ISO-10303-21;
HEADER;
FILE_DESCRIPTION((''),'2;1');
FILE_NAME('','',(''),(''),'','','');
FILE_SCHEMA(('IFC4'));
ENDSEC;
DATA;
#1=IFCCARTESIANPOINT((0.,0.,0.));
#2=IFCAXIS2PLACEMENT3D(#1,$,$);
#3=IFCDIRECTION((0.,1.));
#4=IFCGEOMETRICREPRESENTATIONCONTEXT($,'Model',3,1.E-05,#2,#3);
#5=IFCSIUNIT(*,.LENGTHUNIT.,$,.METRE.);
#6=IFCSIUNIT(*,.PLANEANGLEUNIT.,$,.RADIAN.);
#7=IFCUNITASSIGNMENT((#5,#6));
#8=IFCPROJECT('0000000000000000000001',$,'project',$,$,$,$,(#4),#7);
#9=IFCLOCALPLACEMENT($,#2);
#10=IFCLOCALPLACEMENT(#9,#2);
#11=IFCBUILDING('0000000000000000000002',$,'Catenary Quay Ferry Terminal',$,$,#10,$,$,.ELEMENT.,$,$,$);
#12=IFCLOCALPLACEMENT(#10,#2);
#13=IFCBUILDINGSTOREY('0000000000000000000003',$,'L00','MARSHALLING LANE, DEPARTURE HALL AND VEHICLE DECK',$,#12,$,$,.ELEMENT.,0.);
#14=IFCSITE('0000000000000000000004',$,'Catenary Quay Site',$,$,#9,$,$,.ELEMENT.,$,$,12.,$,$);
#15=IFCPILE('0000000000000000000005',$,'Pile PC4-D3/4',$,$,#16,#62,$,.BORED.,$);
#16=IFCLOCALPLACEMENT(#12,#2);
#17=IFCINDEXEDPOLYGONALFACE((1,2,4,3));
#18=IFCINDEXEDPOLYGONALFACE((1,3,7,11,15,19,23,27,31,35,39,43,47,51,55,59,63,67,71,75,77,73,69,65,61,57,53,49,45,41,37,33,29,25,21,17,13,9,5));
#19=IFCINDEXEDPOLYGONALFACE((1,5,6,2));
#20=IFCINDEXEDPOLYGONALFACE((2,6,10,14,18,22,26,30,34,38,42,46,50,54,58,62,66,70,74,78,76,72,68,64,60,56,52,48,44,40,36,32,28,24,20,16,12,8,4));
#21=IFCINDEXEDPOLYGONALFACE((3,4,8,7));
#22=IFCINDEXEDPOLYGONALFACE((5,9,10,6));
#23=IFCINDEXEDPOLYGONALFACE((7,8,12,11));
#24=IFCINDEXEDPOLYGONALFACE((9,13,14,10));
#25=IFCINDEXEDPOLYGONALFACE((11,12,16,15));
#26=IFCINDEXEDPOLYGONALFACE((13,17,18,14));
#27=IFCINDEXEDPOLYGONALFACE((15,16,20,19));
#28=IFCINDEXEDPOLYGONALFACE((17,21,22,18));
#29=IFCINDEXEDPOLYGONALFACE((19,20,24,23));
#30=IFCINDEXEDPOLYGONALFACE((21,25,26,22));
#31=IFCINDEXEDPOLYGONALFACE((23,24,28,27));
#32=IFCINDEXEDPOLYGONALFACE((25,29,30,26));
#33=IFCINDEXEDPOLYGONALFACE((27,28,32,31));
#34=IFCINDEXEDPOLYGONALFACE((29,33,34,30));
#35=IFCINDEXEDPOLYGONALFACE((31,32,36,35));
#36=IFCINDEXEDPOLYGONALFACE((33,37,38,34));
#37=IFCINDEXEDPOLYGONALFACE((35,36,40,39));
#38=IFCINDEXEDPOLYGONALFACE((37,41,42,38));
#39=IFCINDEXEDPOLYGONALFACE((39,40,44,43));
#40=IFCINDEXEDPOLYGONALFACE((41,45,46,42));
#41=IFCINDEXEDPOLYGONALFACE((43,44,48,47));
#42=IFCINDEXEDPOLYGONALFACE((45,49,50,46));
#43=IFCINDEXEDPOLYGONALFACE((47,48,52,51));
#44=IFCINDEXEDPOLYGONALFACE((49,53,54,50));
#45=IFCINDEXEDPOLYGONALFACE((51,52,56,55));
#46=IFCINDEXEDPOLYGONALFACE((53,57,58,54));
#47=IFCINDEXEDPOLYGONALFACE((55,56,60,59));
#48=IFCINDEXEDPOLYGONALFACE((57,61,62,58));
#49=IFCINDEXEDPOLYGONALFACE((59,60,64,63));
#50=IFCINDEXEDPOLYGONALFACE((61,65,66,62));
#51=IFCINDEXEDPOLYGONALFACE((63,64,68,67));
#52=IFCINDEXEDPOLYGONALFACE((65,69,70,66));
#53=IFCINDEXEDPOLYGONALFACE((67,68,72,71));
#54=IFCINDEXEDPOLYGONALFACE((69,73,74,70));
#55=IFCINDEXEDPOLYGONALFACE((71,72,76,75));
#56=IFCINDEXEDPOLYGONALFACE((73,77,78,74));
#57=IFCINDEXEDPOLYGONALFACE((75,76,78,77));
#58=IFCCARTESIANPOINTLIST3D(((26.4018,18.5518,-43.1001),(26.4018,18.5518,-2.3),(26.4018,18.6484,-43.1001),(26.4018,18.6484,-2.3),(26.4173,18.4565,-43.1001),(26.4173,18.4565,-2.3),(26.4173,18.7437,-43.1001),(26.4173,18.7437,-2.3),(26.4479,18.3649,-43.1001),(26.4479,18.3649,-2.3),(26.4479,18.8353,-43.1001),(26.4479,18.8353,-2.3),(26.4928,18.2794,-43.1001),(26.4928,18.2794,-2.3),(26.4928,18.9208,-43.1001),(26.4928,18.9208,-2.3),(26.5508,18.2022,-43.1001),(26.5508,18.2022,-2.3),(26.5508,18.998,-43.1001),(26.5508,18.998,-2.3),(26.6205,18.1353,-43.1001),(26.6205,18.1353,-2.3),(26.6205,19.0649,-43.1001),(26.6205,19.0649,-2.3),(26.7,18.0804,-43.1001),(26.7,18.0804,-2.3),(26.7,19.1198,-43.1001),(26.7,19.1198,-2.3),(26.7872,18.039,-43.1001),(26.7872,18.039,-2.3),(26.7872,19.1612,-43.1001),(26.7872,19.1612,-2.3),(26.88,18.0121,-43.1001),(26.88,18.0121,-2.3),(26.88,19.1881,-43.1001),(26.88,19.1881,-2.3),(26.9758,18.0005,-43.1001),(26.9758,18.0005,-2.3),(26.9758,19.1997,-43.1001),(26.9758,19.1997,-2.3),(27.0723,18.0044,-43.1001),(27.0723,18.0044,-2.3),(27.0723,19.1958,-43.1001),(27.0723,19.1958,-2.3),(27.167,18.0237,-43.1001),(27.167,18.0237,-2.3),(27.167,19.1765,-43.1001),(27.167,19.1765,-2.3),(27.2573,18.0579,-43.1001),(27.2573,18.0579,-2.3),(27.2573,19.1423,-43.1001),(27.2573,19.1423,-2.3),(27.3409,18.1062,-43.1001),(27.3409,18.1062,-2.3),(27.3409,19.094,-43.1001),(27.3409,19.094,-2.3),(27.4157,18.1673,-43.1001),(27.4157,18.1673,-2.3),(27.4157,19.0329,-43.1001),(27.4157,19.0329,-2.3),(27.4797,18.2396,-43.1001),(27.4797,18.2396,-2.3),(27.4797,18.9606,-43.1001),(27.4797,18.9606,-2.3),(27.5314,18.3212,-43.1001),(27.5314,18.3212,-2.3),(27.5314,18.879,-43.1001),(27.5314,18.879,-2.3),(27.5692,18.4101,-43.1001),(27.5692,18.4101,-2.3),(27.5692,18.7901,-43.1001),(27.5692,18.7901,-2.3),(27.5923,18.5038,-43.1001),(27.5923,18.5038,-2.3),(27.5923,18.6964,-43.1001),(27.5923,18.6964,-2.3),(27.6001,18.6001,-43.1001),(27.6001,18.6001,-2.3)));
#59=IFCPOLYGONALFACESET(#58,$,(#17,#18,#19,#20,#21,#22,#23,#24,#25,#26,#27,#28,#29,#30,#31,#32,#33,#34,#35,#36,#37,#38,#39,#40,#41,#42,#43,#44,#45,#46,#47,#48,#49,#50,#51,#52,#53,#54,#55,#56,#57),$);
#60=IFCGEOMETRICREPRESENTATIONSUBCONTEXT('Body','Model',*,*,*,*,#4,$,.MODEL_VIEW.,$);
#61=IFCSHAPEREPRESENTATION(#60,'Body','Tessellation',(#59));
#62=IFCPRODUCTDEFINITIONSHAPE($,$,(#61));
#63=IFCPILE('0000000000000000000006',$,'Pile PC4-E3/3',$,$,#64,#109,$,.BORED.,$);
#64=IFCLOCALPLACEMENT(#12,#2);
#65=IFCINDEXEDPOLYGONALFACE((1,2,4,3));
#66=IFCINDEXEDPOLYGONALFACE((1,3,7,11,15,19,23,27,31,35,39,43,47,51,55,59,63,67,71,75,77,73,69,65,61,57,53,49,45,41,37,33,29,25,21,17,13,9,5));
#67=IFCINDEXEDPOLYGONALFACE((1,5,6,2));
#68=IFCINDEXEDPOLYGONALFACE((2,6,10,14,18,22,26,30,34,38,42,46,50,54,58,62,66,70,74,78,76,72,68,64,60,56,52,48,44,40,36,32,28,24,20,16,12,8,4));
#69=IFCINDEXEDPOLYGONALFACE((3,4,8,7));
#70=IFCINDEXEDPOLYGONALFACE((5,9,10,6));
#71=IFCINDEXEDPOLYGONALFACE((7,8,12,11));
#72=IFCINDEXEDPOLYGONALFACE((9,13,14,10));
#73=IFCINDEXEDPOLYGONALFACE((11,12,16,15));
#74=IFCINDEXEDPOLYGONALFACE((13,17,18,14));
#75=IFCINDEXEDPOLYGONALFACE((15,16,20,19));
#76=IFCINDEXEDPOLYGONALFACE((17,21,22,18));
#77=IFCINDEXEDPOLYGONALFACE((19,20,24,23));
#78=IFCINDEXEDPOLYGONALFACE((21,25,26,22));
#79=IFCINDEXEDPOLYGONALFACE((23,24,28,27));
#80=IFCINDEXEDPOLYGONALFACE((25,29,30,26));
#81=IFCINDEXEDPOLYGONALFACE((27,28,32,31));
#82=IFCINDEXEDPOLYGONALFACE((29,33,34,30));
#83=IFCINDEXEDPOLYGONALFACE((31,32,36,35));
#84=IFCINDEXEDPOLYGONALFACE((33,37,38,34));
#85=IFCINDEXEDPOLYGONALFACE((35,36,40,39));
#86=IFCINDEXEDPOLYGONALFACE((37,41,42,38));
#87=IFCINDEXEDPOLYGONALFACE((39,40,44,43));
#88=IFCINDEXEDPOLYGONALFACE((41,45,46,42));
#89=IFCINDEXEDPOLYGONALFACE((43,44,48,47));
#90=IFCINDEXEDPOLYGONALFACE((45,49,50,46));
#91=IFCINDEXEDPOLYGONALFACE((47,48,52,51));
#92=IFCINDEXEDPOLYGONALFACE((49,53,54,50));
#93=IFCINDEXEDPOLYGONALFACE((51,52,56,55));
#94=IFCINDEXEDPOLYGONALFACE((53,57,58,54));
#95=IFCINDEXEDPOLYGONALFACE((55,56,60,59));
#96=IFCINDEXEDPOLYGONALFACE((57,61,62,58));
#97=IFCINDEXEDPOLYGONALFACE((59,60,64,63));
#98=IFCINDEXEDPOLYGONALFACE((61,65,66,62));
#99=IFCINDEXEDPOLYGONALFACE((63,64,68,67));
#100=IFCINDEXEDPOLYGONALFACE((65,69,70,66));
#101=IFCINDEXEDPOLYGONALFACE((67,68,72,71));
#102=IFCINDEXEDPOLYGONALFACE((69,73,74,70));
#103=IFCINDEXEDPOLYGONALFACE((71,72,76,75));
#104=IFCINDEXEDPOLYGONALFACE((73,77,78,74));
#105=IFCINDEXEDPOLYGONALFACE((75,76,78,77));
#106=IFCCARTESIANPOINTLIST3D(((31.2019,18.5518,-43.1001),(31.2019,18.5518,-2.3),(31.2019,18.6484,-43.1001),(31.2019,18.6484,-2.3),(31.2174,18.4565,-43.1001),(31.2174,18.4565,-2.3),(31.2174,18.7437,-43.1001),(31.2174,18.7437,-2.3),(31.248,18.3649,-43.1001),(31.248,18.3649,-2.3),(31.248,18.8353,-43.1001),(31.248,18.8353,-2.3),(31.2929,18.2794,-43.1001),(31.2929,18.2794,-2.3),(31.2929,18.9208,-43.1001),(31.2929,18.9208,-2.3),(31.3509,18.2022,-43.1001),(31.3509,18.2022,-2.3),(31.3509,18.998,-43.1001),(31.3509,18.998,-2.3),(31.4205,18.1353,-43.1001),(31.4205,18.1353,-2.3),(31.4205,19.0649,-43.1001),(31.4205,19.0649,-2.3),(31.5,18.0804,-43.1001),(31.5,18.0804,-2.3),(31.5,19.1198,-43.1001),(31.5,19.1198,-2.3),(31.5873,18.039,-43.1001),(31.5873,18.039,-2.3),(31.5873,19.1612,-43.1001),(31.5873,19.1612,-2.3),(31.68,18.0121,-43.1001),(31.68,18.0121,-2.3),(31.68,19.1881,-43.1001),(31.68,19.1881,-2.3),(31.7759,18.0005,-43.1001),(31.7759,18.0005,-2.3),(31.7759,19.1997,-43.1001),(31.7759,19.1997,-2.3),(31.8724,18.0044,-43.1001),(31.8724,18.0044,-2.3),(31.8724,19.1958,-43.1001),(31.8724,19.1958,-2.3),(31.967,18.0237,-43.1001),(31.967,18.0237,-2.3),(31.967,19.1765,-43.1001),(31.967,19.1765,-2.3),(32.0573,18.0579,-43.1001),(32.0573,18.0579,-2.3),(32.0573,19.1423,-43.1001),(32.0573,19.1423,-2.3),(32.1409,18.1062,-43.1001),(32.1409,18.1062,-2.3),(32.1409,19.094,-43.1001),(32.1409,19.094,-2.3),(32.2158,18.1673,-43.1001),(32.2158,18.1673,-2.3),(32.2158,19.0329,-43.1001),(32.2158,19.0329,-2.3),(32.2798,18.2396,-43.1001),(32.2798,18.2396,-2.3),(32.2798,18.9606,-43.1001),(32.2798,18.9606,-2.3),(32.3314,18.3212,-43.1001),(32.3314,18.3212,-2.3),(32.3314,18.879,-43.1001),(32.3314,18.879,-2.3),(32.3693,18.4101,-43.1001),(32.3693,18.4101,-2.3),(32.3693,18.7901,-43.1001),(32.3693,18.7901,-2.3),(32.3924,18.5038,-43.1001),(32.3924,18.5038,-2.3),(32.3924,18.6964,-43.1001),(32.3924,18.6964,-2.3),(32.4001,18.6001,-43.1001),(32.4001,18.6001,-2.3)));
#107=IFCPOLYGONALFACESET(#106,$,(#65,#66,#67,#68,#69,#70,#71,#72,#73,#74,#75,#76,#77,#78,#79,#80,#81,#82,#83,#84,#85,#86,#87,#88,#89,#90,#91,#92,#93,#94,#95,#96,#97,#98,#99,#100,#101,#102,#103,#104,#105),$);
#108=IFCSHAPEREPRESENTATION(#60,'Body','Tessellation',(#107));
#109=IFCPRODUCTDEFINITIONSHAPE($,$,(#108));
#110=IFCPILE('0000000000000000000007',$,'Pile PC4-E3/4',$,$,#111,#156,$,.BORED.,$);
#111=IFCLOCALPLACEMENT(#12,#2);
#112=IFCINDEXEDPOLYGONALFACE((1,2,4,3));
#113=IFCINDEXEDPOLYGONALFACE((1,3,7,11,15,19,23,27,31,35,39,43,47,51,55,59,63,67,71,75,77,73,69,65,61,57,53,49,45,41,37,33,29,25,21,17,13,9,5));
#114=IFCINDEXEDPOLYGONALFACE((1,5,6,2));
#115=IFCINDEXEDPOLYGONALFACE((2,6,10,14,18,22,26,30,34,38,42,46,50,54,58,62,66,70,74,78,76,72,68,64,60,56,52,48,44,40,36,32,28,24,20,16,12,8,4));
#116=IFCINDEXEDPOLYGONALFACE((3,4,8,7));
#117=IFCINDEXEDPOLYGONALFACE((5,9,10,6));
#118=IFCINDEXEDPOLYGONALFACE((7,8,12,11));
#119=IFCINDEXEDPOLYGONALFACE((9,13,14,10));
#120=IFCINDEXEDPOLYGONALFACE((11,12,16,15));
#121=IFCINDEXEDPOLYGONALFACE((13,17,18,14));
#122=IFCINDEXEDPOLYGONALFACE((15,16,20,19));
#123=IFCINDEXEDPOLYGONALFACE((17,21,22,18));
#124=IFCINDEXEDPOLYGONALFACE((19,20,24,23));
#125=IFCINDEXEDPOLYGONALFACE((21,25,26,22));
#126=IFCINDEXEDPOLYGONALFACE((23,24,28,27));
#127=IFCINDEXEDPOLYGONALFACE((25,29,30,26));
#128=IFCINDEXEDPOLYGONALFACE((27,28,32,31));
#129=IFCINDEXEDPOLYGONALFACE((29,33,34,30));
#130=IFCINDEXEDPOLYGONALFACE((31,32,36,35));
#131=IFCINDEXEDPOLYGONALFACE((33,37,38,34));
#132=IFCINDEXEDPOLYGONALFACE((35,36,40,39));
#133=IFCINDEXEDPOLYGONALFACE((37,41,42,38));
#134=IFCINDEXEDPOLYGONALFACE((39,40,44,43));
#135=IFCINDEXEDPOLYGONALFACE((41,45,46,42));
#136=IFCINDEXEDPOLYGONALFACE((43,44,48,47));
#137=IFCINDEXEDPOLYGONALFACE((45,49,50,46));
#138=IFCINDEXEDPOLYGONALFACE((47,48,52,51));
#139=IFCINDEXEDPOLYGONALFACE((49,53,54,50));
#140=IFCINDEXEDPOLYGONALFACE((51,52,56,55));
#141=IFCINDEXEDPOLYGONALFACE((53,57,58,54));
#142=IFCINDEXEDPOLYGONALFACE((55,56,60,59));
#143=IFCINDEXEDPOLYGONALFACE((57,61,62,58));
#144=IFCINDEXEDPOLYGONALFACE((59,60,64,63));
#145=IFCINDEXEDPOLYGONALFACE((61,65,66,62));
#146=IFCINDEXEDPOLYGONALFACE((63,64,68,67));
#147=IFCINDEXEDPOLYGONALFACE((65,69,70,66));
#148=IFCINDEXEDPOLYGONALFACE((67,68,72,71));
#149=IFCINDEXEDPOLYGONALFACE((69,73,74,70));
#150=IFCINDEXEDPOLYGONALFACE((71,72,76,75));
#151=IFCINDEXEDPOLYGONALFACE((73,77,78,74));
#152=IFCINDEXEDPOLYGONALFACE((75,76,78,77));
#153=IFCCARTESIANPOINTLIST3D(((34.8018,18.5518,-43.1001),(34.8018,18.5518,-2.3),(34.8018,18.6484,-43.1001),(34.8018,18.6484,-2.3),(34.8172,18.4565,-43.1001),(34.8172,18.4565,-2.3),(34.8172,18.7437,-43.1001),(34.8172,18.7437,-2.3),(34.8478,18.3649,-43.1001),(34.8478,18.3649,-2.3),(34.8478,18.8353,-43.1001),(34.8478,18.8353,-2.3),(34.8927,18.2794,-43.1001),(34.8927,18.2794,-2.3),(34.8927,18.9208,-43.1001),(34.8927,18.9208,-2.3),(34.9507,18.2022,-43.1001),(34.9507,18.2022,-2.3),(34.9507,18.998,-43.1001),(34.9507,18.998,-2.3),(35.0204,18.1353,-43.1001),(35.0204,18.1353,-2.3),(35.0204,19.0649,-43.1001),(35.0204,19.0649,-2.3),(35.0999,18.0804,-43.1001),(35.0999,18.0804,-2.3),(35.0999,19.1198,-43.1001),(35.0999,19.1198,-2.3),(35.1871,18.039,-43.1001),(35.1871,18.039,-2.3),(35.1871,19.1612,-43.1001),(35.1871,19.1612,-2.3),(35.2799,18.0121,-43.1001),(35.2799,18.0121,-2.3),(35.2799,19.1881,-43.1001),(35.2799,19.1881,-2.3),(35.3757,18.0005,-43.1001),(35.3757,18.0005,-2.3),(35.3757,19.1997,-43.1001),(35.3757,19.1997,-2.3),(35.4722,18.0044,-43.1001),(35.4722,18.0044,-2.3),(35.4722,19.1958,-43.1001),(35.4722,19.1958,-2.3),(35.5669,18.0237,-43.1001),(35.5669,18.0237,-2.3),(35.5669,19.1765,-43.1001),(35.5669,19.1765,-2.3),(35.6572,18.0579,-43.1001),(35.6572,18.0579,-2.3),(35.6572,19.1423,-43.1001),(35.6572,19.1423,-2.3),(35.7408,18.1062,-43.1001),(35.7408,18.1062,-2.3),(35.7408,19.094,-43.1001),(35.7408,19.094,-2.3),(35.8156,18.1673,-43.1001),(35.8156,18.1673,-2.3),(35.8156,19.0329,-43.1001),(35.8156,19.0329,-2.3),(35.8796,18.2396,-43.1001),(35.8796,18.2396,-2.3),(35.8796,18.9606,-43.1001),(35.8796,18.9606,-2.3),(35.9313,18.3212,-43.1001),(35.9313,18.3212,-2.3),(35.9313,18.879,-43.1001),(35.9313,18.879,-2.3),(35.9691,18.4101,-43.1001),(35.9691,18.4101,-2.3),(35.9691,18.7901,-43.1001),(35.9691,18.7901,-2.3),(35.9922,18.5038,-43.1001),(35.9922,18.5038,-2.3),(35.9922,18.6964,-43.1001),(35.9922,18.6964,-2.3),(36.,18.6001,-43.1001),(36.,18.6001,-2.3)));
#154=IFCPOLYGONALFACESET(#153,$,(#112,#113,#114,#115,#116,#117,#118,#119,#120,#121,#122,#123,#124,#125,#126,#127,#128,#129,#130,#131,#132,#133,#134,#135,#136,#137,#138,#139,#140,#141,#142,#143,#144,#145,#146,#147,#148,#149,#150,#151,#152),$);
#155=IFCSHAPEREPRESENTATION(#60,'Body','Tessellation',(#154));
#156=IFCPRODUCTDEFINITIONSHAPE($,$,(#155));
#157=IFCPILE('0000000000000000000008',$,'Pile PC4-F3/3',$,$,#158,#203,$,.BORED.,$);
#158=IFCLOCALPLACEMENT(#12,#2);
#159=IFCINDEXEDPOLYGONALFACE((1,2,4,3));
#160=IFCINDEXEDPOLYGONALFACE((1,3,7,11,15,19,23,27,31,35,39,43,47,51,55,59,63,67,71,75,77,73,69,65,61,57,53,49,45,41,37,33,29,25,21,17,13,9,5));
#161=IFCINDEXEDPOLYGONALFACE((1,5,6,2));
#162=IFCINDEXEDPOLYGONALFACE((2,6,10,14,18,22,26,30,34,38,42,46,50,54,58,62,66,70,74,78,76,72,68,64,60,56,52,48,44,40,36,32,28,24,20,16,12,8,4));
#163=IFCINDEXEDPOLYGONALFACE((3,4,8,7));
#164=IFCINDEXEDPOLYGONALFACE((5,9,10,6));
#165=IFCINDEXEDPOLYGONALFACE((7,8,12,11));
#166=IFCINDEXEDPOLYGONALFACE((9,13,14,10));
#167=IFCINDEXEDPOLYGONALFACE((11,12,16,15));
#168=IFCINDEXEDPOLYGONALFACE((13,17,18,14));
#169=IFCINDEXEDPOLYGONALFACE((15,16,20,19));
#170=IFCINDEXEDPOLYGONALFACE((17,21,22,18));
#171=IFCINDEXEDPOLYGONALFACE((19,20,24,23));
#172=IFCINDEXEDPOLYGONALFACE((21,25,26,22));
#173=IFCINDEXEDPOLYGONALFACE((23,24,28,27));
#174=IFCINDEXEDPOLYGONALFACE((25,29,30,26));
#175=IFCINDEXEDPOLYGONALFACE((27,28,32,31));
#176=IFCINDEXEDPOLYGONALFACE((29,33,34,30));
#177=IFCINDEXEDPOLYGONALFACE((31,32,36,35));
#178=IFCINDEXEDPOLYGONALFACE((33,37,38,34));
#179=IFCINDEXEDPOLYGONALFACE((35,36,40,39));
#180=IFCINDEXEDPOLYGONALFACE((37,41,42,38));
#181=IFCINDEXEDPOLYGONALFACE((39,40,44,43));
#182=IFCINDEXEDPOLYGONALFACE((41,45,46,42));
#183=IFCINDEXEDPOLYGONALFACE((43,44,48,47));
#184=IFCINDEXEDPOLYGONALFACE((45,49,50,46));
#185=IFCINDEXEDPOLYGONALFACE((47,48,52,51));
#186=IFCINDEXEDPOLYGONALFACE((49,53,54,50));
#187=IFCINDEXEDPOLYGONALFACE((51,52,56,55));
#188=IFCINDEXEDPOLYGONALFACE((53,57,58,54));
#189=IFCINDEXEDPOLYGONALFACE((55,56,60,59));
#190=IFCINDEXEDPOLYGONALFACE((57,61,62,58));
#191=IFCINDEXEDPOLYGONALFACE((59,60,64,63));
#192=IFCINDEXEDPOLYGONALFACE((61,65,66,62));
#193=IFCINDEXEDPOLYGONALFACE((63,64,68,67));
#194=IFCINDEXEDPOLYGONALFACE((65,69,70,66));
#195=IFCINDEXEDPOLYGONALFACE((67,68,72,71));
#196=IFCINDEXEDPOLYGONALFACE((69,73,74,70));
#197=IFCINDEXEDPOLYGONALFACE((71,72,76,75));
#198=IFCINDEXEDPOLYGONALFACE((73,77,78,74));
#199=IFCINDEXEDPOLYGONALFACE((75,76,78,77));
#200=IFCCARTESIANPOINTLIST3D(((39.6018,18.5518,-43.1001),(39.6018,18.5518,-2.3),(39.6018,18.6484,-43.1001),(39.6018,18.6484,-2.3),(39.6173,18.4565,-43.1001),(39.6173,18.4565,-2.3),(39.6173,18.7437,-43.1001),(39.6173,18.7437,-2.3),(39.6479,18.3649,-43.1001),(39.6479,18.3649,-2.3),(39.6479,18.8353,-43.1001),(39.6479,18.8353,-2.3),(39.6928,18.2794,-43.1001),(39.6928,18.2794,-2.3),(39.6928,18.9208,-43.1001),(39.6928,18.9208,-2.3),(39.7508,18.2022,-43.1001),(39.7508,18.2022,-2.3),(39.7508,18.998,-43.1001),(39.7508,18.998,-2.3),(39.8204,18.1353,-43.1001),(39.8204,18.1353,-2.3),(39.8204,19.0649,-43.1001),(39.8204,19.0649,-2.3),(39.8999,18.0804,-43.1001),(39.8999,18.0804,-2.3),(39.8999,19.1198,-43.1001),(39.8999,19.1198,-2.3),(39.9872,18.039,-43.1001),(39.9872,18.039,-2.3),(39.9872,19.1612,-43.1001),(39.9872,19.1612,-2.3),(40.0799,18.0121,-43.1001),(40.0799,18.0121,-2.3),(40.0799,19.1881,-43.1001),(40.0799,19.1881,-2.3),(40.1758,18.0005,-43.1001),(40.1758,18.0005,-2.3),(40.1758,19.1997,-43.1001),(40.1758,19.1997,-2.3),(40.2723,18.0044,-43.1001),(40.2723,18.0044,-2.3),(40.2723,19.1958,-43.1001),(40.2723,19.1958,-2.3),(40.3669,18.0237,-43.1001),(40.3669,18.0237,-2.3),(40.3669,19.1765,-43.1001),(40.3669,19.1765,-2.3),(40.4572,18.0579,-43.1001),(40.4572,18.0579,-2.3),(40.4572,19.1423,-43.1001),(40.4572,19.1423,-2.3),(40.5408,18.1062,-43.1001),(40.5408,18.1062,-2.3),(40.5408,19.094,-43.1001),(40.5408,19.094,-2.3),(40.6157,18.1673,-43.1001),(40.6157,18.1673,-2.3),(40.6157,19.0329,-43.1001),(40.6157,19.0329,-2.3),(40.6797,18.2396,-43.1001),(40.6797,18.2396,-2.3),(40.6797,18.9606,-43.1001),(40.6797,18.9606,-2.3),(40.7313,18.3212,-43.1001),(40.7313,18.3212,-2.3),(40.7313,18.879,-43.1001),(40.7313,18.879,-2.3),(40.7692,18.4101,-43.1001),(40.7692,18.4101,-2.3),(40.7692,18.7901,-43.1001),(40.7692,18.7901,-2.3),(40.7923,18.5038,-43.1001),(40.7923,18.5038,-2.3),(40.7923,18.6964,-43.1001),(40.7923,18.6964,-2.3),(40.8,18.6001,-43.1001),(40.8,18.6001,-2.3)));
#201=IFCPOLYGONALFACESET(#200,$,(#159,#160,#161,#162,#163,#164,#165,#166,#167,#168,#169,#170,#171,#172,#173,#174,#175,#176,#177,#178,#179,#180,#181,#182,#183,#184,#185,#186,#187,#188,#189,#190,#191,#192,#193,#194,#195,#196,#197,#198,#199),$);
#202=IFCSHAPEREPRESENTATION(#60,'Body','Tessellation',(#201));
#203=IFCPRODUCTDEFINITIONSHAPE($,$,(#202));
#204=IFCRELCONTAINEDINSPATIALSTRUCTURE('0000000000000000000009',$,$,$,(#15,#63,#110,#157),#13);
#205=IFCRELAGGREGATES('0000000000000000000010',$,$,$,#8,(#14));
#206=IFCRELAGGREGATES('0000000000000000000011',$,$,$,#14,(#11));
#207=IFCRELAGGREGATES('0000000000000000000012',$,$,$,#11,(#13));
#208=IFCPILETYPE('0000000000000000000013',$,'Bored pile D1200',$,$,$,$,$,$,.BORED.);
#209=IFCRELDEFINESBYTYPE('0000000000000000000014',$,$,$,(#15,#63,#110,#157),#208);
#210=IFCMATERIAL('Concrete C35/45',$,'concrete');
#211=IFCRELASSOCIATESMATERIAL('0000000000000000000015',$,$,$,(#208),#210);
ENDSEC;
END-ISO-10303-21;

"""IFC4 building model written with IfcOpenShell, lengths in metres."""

from ifc_helpers import new_model, si_unit, direction, frame, origin, origin_2d, place, context, subcontext, project, spatial, circle, extrude, material, material_profile, profile_set, type_object, element, save


model = new_model("IFC4")

# Units and contexts
model_context = context("Model", 3, precision=1e-05, world=origin(), true_north=direction((0.0, 1.0)))
body_context = subcontext(model_context, "Body", "Model", "MODEL_VIEW")
ifc_project = project(units=[si_unit("LENGTHUNIT", "METRE"), si_unit("PLANEANGLEUNIT", "RADIAN")], contexts=[model_context])

# Site, building, storey
site_placement = place(None, origin())
site = spatial("IfcSite", under=ifc_project, at=site_placement, Name="Catenary Quay Site", CompositionType="ELEMENT", RefElevation=12.0)
building_placement = place(site_placement, origin())
building = spatial("IfcBuilding", under=site, at=building_placement, Name="Catenary Quay Ferry Terminal", CompositionType="ELEMENT")
storey_placement = place(building_placement, origin())
storey = spatial("IfcBuildingStorey", under=building, at=storey_placement, Name="L00", Description="MARSHALLING LANE, DEPARTURE HALL AND VEHICLE DECK", CompositionType="ELEMENT", Elevation=0.0)

# Piles
ifc_material_1 = material(Name="Concrete C35/45", Category="concrete")
ifc_material_profile_1 = material_profile(ifc_material_1, circle(Radius=0.6001, at=origin_2d()), Name="D1200")
ifc_profile_set_1 = profile_set([ifc_material_profile_1], Name="Concrete C35/45")
pile_type = type_object("IfcPileType", Name="Bored pile D1200", PredefinedType="BORED", material=ifc_profile_set_1)
for number, where, z_axis, x_axis, name in (
    (1, (27.0, 18.6001, -2.3), (0.0, 0.0, -1.0), (1.0, 0.0, 0.0), "Pile PC4-D3/4"),
    (2, (31.8, 18.6001, -2.3), (0.0, 0.0, -1.0), (1.0, 0.0, 0.0), "Pile PC4-E3/3"),
    (3, (35.3999, 18.6001, -2.3), (0.0, 0.0, -1.0), (1.0, 0.0, 0.0), "Pile PC4-E3/4"),
    (4, (40.2, 18.6001, -2.3), (0.0, 0.0, -1.0), (1.0, 0.0, 0.0), "Pile PC4-F3/3"),
):
    element("IfcPile", number, at=place(storey_placement, frame(where, z_axis=z_axis, x_axis=x_axis)), inside=storey, type_object=pile_type, Name=name, PredefinedType="BORED", context=body_context, shape_type="SweptSolid", body=[
        extrude(circle(Radius=0.6001, at=origin_2d()), origin(), (0.0, 0.0, 1.0), 40.8),
    ])

save(model, "model.ifc")
